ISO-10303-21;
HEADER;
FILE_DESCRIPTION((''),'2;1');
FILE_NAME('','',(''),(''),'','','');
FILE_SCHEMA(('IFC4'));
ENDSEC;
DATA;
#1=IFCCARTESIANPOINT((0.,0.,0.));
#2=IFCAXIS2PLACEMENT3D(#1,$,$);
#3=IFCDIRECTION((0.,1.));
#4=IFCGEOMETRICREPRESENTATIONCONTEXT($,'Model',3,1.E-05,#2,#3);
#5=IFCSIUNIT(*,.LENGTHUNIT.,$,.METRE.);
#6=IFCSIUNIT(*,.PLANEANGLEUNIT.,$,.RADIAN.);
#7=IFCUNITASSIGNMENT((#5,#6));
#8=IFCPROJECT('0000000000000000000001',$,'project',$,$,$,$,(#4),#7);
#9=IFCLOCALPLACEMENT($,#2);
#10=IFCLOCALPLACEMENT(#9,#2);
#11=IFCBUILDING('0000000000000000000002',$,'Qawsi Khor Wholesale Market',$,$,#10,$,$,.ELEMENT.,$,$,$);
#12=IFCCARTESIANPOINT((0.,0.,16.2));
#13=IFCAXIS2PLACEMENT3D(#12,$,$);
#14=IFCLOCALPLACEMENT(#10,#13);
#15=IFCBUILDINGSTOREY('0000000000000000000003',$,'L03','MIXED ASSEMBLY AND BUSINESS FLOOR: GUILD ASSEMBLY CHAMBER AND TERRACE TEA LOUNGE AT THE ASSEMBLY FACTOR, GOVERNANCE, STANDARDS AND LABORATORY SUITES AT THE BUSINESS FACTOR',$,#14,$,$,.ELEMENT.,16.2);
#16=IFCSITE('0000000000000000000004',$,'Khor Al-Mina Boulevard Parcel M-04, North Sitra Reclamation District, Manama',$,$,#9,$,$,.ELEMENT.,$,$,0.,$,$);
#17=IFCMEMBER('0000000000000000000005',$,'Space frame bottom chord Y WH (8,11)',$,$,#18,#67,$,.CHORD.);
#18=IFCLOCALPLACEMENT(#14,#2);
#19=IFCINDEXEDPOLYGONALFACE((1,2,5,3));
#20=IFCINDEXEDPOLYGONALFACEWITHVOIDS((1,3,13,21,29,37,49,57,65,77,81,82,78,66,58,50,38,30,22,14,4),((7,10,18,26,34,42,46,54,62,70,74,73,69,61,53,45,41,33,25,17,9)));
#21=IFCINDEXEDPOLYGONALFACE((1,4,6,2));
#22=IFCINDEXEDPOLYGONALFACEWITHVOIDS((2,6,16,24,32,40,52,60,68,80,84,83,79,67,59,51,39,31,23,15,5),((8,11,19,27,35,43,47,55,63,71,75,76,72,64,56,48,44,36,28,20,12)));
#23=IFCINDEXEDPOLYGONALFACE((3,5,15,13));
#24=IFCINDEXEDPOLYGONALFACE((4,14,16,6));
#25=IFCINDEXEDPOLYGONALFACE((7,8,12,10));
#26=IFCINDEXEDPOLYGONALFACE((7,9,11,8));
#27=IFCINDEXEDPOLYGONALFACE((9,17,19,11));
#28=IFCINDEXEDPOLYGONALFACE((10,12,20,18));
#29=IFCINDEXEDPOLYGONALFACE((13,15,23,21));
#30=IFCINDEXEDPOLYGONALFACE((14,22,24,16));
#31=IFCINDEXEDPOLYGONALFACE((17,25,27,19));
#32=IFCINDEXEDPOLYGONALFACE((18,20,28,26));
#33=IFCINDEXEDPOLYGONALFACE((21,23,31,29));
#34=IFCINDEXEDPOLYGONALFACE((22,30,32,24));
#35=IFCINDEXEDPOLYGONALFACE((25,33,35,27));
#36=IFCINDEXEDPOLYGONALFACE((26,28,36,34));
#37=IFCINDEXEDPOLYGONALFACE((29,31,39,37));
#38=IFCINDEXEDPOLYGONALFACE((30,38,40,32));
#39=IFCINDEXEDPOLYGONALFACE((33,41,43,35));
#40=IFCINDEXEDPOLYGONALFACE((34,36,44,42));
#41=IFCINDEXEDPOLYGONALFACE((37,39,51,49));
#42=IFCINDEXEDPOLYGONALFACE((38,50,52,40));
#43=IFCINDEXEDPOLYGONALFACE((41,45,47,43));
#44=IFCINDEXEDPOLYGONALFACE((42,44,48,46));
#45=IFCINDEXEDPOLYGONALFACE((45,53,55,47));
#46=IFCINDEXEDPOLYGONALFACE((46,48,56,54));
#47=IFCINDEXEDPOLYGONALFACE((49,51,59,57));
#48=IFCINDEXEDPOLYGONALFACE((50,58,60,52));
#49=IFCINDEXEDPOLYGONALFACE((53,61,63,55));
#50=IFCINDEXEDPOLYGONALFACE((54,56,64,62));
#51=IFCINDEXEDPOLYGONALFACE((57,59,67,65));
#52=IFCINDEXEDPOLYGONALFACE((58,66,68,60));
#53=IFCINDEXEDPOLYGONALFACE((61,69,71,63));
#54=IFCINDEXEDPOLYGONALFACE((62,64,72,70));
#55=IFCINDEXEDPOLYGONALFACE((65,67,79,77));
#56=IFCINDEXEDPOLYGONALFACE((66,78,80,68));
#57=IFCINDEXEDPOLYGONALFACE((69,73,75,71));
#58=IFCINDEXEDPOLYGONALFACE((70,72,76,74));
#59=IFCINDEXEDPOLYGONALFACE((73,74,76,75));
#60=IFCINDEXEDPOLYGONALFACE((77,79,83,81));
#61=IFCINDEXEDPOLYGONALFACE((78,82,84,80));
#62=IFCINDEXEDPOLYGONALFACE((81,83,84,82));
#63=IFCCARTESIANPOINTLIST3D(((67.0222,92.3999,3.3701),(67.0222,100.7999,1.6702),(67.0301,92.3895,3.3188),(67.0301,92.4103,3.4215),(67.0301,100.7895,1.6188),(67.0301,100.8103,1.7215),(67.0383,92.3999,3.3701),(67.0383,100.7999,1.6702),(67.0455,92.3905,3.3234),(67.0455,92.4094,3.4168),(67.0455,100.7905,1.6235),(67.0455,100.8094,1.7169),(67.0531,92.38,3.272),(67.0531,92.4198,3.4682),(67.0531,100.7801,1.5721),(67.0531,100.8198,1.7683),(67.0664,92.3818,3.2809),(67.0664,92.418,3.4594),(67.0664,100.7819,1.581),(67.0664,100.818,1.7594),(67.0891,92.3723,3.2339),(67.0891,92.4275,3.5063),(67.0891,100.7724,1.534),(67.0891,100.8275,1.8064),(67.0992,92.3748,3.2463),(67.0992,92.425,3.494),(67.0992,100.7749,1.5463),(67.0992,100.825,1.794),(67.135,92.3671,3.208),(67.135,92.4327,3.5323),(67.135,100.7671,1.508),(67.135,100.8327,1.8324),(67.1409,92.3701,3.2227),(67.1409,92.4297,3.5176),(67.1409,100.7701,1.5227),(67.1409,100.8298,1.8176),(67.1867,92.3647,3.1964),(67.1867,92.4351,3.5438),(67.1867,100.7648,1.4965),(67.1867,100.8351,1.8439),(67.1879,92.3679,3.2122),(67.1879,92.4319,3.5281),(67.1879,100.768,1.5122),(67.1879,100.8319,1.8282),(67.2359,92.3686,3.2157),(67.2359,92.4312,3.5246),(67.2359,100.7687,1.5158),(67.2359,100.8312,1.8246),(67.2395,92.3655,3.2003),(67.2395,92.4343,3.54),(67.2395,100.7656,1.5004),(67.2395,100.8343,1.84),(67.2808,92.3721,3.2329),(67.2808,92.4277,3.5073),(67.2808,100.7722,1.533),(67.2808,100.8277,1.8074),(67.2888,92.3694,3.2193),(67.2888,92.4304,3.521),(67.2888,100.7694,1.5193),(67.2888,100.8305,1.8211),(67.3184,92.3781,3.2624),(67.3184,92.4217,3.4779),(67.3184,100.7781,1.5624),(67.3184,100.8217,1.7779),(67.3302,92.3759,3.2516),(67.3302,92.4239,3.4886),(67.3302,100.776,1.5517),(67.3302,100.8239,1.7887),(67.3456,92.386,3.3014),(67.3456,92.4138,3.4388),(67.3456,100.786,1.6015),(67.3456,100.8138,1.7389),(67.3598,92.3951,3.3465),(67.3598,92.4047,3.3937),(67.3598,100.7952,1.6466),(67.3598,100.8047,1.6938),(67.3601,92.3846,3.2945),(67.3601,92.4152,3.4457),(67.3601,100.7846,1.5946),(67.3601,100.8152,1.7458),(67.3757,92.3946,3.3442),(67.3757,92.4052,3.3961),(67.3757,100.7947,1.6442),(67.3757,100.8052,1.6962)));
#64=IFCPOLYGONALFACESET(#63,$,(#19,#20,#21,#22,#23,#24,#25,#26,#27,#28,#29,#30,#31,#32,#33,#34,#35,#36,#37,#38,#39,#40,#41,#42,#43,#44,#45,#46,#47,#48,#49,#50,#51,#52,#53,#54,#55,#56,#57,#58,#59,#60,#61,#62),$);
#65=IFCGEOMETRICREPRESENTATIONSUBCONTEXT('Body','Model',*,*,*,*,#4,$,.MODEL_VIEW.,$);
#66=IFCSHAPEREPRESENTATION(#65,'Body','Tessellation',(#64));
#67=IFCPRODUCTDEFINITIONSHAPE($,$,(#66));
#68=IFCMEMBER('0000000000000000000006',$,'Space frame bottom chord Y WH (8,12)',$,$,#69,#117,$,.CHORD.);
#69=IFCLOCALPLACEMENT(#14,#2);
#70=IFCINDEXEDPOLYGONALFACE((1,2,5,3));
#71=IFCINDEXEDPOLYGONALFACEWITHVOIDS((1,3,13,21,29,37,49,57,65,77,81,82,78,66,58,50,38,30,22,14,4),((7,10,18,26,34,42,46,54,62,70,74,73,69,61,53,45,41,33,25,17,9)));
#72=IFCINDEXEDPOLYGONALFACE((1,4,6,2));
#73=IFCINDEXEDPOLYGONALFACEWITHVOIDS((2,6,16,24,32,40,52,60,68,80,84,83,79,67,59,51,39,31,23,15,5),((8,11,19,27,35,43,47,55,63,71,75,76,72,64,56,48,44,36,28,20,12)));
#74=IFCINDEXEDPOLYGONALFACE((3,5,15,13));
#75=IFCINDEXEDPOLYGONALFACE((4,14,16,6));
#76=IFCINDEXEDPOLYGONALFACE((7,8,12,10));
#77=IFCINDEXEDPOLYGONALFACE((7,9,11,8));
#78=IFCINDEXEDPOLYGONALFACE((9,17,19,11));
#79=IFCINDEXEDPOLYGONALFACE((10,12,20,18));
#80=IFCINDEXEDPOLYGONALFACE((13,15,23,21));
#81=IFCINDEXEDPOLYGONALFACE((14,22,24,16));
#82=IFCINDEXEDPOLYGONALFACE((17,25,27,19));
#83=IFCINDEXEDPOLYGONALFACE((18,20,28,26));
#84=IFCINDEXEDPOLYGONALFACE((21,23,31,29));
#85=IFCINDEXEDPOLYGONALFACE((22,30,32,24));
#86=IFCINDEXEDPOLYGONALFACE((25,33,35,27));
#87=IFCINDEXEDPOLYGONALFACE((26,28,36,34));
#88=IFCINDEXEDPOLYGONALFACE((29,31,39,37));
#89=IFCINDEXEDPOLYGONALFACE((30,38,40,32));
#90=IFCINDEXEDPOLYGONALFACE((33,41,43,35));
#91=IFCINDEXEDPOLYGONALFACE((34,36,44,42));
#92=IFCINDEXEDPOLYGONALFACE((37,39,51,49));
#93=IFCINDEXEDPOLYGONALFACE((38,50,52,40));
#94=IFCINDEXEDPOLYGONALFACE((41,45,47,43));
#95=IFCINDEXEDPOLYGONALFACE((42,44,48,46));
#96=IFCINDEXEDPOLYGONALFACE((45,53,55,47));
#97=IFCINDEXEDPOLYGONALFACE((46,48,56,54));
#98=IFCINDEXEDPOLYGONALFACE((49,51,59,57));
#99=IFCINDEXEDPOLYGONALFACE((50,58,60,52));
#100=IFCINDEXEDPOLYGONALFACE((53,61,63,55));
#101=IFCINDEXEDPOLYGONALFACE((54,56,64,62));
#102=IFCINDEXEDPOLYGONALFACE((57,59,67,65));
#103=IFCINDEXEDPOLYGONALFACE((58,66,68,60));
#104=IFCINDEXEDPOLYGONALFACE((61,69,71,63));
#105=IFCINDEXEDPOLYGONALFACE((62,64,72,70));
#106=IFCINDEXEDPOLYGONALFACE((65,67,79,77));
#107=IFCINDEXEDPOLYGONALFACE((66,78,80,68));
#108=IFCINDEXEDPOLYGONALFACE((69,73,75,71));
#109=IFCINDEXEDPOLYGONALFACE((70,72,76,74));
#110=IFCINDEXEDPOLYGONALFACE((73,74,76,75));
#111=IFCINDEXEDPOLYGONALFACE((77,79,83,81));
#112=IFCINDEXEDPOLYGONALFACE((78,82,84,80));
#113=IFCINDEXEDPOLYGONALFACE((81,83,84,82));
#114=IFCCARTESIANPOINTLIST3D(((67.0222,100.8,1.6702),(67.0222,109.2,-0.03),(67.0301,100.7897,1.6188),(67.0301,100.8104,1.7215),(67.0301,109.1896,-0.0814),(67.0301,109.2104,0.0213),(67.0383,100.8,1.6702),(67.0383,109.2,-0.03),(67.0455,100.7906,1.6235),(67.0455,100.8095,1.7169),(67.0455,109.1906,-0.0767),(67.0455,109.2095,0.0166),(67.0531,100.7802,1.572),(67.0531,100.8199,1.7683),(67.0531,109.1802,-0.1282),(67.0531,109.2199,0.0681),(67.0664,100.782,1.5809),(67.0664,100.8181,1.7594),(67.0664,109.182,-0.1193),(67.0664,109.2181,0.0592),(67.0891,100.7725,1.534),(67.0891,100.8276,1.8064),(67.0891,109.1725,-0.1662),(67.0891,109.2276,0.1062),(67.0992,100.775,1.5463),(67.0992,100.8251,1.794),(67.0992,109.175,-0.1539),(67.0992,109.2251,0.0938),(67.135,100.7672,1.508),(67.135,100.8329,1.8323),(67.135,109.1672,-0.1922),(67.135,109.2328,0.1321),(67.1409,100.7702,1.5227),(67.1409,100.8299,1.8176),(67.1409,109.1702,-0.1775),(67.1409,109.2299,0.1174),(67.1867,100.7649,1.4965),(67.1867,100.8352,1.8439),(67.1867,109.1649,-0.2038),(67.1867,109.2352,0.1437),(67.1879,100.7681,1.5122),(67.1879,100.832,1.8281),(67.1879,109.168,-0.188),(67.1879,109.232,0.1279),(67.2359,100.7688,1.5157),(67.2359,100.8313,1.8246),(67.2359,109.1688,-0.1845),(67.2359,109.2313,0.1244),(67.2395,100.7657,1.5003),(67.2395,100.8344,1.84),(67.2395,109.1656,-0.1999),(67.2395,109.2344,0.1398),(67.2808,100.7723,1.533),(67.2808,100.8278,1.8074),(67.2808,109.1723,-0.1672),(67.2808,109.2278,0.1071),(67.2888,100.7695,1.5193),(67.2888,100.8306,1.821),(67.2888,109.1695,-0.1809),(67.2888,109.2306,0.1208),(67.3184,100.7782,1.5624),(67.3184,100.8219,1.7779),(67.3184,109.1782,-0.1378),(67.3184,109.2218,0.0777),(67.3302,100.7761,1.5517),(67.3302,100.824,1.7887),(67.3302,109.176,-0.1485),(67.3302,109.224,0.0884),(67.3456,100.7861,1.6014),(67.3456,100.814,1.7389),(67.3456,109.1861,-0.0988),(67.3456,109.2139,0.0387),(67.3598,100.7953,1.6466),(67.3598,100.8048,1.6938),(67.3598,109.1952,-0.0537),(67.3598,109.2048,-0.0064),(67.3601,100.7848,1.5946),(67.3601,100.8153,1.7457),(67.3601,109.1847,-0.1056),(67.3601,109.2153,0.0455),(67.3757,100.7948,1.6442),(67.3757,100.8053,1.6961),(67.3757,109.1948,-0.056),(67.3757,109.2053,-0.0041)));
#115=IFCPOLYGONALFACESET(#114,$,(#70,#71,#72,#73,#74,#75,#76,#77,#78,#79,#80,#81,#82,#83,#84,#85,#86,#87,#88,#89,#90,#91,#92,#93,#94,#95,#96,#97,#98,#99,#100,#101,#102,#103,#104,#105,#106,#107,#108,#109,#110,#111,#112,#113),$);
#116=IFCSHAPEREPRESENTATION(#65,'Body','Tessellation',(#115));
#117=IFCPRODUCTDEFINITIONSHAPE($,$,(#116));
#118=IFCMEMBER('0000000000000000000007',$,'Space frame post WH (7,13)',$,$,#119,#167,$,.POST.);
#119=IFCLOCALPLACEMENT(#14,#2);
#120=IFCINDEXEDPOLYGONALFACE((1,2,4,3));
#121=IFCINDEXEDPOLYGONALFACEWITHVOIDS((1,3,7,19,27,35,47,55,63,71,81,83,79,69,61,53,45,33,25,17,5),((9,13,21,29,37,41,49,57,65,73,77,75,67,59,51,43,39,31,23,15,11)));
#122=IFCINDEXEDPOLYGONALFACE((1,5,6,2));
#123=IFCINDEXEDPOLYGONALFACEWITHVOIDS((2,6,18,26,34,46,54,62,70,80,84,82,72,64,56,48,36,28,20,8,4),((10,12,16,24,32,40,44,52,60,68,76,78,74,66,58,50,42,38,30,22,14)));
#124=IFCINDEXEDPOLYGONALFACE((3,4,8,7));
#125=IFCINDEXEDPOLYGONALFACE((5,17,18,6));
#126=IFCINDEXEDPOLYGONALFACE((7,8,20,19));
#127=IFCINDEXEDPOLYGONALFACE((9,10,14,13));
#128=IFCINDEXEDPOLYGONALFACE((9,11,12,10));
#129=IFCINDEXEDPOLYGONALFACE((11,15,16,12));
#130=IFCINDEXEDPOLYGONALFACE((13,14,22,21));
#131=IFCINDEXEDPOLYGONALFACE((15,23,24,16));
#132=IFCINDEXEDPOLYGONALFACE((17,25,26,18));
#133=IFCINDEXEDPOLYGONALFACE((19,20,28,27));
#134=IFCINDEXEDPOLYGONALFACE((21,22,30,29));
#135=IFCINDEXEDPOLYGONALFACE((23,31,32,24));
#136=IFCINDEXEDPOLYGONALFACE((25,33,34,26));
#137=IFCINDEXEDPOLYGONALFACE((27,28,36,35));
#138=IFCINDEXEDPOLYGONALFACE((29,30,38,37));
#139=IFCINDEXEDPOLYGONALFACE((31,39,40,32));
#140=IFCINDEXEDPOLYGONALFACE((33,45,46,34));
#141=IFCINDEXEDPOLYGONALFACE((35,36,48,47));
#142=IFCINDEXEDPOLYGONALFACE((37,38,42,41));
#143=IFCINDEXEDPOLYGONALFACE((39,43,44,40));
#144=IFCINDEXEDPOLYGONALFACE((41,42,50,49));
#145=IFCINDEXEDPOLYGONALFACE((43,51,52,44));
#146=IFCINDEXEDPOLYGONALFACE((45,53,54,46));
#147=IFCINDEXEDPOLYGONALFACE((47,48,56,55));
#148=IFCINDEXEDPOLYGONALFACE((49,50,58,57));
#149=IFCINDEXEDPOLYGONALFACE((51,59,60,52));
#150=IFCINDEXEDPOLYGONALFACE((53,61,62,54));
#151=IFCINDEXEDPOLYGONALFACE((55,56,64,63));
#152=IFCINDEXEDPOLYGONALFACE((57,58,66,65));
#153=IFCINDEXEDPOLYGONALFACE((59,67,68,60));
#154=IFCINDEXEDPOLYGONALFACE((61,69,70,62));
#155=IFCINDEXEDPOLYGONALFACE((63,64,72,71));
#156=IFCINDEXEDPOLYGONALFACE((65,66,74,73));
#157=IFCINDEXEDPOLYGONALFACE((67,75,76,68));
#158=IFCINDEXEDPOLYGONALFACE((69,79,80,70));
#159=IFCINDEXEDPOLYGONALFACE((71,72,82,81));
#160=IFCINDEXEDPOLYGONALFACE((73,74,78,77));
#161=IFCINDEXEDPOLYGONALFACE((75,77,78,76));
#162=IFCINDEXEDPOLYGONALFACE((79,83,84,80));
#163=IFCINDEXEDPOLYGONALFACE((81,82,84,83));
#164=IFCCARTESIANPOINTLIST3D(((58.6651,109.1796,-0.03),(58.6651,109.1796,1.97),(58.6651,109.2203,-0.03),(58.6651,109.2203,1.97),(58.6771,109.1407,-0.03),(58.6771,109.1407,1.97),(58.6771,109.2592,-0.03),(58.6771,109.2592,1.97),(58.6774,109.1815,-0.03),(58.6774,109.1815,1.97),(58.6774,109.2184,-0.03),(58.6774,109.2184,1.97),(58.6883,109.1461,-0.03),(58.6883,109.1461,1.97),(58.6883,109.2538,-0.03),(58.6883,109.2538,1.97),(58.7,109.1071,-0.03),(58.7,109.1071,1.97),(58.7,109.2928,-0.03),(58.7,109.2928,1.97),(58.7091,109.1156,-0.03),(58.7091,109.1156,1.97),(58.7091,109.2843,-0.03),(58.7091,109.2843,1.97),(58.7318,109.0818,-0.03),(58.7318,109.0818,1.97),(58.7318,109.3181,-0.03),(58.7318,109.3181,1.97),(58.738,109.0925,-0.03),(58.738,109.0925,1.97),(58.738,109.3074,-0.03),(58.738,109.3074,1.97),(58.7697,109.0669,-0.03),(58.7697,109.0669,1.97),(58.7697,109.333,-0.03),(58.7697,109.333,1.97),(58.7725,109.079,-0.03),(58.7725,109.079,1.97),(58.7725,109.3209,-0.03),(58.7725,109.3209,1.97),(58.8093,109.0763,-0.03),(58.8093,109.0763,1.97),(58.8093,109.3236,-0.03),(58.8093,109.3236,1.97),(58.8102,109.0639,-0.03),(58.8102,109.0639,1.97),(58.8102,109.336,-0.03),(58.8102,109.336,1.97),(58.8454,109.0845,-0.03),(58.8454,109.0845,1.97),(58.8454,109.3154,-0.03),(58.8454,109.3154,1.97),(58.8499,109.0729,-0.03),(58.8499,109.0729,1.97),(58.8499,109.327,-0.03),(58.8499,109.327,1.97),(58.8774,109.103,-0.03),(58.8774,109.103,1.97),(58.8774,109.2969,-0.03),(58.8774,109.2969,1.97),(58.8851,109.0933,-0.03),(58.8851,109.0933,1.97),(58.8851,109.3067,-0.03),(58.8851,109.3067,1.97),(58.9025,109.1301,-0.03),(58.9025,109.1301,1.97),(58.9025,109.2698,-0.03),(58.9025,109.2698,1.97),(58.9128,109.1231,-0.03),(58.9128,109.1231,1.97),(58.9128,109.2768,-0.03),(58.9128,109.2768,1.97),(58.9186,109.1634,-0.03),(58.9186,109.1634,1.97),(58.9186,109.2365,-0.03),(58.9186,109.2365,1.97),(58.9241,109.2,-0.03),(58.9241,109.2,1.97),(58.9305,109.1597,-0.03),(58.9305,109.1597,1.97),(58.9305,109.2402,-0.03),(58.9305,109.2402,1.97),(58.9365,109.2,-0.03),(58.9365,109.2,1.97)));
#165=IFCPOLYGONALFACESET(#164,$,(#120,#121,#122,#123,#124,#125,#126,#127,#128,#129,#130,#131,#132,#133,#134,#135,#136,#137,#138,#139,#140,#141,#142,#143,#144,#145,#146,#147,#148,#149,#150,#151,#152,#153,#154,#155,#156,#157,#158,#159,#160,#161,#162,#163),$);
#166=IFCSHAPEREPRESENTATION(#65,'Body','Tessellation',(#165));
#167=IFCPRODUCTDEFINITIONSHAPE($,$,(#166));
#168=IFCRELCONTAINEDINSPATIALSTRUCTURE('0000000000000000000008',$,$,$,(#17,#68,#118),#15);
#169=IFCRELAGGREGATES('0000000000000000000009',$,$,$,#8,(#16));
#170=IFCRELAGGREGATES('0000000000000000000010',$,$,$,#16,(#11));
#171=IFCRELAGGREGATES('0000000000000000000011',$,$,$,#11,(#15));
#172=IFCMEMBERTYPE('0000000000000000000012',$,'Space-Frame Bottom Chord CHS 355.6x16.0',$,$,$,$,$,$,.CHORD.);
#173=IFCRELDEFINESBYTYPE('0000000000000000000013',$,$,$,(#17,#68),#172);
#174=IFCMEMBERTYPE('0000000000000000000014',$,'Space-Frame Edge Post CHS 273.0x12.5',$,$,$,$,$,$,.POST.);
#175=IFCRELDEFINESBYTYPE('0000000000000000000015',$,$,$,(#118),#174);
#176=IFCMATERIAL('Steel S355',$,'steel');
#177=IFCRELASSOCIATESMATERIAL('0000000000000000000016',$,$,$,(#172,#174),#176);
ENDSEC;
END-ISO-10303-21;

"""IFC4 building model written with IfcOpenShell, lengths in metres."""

from ifc_helpers import new_model, si_unit, direction, frame, origin, origin_2d, place, context, subcontext, project, spatial, hollow_circle, extrude, material, material_profile, profile_set, type_object, element, save


model = new_model("IFC4")

# Units and contexts
model_context = context("Model", 3, precision=1e-05, world=origin(), true_north=direction((0.0, 1.0)))
body_context = subcontext(model_context, "Body", "Model", "MODEL_VIEW")
ifc_project = project(units=[si_unit("LENGTHUNIT", "METRE"), si_unit("PLANEANGLEUNIT", "RADIAN")], contexts=[model_context])

# Site, building, storey
site_placement = place(None, origin())
site = spatial("IfcSite", under=ifc_project, at=site_placement, Name="Khor Al-Mina Boulevard Parcel M-04, North Sitra Reclamation District, Manama", CompositionType="ELEMENT", RefElevation=0.0)
building_placement = place(site_placement, origin())
building = spatial("IfcBuilding", under=site, at=building_placement, Name="Qawsi Khor Wholesale Market", CompositionType="ELEMENT")
storey_placement = place(building_placement, frame((0.0, 0.0, 16.2)))
storey = spatial("IfcBuildingStorey", under=building, at=storey_placement, Name="L03", Description="MIXED ASSEMBLY AND BUSINESS FLOOR: GUILD ASSEMBLY CHAMBER AND TERRACE TEA LOUNGE AT THE ASSEMBLY FACTOR, GOVERNANCE, STANDARDS AND LABORATORY SUITES AT THE BUSINESS FACTOR", CompositionType="ELEMENT", Elevation=16.2)

# Members
ifc_material_1 = material(Name="Steel S355", Category="steel")
ifc_material_profile_1 = material_profile(ifc_material_1, hollow_circle(Radius=0.1777, WallThickness=0.0161, at=origin_2d()), Name="CHS 355.6x16.0")
ifc_profile_set_1 = profile_set([ifc_material_profile_1], Name="Steel S355")
member_type_1 = type_object("IfcMemberType", Name="Space-Frame Bottom Chord CHS 355.6x16.0", PredefinedType="CHORD", material=ifc_profile_set_1)
for number, where, z_axis, x_axis, name in (
    (1, (67.2, 92.3999, 3.3701), (0.0, 0.980131, -0.198351), (-1.0, 0.0, 0.0), "Space frame bottom chord Y WH (8,11)"),
    (2, (67.2, 100.8, 1.6702), (0.0, 0.980124, -0.198384), (-1.0, 0.0, 0.0), "Space frame bottom chord Y WH (8,12)"),
):
    element("IfcMember", number, at=place(storey_placement, frame(where, z_axis=z_axis, x_axis=x_axis)), inside=storey, type_object=member_type_1, Name=name, PredefinedType="CHORD", context=body_context, shape_type="SweptSolid", body=[
        extrude(hollow_circle(Radius=0.1777, WallThickness=0.0161, at=origin_2d()), origin(), (0.0, 0.0, 1.0), 8.5703),
    ])
ifc_material_profile_2 = material_profile(ifc_material_1, hollow_circle(Radius=0.1365, WallThickness=0.0125, at=origin_2d()), Name="CHS 273.0x12.5")
ifc_profile_set_2 = profile_set([ifc_material_profile_2], Name="Steel S355")
member_type_2 = type_object("IfcMemberType", Name="Space-Frame Edge Post CHS 273.0x12.5", PredefinedType="POST", material=ifc_profile_set_2)
member_1_placement = place(storey_placement, frame((58.8, 109.2, -0.03), z_axis=(0.0, 0.0, 1.0), x_axis=(1.0, 0.0, 0.0)))
element("IfcMember", 3, at=member_1_placement, inside=storey, type_object=member_type_2, Name="Space frame post WH (7,13)", PredefinedType="POST", context=body_context, shape_type="SweptSolid", body=[
    extrude(hollow_circle(Radius=0.1365, WallThickness=0.0125, at=origin_2d()), origin(), (0.0, 0.0, 1.0), 2.0),
])

save(model, "model.ifc")
